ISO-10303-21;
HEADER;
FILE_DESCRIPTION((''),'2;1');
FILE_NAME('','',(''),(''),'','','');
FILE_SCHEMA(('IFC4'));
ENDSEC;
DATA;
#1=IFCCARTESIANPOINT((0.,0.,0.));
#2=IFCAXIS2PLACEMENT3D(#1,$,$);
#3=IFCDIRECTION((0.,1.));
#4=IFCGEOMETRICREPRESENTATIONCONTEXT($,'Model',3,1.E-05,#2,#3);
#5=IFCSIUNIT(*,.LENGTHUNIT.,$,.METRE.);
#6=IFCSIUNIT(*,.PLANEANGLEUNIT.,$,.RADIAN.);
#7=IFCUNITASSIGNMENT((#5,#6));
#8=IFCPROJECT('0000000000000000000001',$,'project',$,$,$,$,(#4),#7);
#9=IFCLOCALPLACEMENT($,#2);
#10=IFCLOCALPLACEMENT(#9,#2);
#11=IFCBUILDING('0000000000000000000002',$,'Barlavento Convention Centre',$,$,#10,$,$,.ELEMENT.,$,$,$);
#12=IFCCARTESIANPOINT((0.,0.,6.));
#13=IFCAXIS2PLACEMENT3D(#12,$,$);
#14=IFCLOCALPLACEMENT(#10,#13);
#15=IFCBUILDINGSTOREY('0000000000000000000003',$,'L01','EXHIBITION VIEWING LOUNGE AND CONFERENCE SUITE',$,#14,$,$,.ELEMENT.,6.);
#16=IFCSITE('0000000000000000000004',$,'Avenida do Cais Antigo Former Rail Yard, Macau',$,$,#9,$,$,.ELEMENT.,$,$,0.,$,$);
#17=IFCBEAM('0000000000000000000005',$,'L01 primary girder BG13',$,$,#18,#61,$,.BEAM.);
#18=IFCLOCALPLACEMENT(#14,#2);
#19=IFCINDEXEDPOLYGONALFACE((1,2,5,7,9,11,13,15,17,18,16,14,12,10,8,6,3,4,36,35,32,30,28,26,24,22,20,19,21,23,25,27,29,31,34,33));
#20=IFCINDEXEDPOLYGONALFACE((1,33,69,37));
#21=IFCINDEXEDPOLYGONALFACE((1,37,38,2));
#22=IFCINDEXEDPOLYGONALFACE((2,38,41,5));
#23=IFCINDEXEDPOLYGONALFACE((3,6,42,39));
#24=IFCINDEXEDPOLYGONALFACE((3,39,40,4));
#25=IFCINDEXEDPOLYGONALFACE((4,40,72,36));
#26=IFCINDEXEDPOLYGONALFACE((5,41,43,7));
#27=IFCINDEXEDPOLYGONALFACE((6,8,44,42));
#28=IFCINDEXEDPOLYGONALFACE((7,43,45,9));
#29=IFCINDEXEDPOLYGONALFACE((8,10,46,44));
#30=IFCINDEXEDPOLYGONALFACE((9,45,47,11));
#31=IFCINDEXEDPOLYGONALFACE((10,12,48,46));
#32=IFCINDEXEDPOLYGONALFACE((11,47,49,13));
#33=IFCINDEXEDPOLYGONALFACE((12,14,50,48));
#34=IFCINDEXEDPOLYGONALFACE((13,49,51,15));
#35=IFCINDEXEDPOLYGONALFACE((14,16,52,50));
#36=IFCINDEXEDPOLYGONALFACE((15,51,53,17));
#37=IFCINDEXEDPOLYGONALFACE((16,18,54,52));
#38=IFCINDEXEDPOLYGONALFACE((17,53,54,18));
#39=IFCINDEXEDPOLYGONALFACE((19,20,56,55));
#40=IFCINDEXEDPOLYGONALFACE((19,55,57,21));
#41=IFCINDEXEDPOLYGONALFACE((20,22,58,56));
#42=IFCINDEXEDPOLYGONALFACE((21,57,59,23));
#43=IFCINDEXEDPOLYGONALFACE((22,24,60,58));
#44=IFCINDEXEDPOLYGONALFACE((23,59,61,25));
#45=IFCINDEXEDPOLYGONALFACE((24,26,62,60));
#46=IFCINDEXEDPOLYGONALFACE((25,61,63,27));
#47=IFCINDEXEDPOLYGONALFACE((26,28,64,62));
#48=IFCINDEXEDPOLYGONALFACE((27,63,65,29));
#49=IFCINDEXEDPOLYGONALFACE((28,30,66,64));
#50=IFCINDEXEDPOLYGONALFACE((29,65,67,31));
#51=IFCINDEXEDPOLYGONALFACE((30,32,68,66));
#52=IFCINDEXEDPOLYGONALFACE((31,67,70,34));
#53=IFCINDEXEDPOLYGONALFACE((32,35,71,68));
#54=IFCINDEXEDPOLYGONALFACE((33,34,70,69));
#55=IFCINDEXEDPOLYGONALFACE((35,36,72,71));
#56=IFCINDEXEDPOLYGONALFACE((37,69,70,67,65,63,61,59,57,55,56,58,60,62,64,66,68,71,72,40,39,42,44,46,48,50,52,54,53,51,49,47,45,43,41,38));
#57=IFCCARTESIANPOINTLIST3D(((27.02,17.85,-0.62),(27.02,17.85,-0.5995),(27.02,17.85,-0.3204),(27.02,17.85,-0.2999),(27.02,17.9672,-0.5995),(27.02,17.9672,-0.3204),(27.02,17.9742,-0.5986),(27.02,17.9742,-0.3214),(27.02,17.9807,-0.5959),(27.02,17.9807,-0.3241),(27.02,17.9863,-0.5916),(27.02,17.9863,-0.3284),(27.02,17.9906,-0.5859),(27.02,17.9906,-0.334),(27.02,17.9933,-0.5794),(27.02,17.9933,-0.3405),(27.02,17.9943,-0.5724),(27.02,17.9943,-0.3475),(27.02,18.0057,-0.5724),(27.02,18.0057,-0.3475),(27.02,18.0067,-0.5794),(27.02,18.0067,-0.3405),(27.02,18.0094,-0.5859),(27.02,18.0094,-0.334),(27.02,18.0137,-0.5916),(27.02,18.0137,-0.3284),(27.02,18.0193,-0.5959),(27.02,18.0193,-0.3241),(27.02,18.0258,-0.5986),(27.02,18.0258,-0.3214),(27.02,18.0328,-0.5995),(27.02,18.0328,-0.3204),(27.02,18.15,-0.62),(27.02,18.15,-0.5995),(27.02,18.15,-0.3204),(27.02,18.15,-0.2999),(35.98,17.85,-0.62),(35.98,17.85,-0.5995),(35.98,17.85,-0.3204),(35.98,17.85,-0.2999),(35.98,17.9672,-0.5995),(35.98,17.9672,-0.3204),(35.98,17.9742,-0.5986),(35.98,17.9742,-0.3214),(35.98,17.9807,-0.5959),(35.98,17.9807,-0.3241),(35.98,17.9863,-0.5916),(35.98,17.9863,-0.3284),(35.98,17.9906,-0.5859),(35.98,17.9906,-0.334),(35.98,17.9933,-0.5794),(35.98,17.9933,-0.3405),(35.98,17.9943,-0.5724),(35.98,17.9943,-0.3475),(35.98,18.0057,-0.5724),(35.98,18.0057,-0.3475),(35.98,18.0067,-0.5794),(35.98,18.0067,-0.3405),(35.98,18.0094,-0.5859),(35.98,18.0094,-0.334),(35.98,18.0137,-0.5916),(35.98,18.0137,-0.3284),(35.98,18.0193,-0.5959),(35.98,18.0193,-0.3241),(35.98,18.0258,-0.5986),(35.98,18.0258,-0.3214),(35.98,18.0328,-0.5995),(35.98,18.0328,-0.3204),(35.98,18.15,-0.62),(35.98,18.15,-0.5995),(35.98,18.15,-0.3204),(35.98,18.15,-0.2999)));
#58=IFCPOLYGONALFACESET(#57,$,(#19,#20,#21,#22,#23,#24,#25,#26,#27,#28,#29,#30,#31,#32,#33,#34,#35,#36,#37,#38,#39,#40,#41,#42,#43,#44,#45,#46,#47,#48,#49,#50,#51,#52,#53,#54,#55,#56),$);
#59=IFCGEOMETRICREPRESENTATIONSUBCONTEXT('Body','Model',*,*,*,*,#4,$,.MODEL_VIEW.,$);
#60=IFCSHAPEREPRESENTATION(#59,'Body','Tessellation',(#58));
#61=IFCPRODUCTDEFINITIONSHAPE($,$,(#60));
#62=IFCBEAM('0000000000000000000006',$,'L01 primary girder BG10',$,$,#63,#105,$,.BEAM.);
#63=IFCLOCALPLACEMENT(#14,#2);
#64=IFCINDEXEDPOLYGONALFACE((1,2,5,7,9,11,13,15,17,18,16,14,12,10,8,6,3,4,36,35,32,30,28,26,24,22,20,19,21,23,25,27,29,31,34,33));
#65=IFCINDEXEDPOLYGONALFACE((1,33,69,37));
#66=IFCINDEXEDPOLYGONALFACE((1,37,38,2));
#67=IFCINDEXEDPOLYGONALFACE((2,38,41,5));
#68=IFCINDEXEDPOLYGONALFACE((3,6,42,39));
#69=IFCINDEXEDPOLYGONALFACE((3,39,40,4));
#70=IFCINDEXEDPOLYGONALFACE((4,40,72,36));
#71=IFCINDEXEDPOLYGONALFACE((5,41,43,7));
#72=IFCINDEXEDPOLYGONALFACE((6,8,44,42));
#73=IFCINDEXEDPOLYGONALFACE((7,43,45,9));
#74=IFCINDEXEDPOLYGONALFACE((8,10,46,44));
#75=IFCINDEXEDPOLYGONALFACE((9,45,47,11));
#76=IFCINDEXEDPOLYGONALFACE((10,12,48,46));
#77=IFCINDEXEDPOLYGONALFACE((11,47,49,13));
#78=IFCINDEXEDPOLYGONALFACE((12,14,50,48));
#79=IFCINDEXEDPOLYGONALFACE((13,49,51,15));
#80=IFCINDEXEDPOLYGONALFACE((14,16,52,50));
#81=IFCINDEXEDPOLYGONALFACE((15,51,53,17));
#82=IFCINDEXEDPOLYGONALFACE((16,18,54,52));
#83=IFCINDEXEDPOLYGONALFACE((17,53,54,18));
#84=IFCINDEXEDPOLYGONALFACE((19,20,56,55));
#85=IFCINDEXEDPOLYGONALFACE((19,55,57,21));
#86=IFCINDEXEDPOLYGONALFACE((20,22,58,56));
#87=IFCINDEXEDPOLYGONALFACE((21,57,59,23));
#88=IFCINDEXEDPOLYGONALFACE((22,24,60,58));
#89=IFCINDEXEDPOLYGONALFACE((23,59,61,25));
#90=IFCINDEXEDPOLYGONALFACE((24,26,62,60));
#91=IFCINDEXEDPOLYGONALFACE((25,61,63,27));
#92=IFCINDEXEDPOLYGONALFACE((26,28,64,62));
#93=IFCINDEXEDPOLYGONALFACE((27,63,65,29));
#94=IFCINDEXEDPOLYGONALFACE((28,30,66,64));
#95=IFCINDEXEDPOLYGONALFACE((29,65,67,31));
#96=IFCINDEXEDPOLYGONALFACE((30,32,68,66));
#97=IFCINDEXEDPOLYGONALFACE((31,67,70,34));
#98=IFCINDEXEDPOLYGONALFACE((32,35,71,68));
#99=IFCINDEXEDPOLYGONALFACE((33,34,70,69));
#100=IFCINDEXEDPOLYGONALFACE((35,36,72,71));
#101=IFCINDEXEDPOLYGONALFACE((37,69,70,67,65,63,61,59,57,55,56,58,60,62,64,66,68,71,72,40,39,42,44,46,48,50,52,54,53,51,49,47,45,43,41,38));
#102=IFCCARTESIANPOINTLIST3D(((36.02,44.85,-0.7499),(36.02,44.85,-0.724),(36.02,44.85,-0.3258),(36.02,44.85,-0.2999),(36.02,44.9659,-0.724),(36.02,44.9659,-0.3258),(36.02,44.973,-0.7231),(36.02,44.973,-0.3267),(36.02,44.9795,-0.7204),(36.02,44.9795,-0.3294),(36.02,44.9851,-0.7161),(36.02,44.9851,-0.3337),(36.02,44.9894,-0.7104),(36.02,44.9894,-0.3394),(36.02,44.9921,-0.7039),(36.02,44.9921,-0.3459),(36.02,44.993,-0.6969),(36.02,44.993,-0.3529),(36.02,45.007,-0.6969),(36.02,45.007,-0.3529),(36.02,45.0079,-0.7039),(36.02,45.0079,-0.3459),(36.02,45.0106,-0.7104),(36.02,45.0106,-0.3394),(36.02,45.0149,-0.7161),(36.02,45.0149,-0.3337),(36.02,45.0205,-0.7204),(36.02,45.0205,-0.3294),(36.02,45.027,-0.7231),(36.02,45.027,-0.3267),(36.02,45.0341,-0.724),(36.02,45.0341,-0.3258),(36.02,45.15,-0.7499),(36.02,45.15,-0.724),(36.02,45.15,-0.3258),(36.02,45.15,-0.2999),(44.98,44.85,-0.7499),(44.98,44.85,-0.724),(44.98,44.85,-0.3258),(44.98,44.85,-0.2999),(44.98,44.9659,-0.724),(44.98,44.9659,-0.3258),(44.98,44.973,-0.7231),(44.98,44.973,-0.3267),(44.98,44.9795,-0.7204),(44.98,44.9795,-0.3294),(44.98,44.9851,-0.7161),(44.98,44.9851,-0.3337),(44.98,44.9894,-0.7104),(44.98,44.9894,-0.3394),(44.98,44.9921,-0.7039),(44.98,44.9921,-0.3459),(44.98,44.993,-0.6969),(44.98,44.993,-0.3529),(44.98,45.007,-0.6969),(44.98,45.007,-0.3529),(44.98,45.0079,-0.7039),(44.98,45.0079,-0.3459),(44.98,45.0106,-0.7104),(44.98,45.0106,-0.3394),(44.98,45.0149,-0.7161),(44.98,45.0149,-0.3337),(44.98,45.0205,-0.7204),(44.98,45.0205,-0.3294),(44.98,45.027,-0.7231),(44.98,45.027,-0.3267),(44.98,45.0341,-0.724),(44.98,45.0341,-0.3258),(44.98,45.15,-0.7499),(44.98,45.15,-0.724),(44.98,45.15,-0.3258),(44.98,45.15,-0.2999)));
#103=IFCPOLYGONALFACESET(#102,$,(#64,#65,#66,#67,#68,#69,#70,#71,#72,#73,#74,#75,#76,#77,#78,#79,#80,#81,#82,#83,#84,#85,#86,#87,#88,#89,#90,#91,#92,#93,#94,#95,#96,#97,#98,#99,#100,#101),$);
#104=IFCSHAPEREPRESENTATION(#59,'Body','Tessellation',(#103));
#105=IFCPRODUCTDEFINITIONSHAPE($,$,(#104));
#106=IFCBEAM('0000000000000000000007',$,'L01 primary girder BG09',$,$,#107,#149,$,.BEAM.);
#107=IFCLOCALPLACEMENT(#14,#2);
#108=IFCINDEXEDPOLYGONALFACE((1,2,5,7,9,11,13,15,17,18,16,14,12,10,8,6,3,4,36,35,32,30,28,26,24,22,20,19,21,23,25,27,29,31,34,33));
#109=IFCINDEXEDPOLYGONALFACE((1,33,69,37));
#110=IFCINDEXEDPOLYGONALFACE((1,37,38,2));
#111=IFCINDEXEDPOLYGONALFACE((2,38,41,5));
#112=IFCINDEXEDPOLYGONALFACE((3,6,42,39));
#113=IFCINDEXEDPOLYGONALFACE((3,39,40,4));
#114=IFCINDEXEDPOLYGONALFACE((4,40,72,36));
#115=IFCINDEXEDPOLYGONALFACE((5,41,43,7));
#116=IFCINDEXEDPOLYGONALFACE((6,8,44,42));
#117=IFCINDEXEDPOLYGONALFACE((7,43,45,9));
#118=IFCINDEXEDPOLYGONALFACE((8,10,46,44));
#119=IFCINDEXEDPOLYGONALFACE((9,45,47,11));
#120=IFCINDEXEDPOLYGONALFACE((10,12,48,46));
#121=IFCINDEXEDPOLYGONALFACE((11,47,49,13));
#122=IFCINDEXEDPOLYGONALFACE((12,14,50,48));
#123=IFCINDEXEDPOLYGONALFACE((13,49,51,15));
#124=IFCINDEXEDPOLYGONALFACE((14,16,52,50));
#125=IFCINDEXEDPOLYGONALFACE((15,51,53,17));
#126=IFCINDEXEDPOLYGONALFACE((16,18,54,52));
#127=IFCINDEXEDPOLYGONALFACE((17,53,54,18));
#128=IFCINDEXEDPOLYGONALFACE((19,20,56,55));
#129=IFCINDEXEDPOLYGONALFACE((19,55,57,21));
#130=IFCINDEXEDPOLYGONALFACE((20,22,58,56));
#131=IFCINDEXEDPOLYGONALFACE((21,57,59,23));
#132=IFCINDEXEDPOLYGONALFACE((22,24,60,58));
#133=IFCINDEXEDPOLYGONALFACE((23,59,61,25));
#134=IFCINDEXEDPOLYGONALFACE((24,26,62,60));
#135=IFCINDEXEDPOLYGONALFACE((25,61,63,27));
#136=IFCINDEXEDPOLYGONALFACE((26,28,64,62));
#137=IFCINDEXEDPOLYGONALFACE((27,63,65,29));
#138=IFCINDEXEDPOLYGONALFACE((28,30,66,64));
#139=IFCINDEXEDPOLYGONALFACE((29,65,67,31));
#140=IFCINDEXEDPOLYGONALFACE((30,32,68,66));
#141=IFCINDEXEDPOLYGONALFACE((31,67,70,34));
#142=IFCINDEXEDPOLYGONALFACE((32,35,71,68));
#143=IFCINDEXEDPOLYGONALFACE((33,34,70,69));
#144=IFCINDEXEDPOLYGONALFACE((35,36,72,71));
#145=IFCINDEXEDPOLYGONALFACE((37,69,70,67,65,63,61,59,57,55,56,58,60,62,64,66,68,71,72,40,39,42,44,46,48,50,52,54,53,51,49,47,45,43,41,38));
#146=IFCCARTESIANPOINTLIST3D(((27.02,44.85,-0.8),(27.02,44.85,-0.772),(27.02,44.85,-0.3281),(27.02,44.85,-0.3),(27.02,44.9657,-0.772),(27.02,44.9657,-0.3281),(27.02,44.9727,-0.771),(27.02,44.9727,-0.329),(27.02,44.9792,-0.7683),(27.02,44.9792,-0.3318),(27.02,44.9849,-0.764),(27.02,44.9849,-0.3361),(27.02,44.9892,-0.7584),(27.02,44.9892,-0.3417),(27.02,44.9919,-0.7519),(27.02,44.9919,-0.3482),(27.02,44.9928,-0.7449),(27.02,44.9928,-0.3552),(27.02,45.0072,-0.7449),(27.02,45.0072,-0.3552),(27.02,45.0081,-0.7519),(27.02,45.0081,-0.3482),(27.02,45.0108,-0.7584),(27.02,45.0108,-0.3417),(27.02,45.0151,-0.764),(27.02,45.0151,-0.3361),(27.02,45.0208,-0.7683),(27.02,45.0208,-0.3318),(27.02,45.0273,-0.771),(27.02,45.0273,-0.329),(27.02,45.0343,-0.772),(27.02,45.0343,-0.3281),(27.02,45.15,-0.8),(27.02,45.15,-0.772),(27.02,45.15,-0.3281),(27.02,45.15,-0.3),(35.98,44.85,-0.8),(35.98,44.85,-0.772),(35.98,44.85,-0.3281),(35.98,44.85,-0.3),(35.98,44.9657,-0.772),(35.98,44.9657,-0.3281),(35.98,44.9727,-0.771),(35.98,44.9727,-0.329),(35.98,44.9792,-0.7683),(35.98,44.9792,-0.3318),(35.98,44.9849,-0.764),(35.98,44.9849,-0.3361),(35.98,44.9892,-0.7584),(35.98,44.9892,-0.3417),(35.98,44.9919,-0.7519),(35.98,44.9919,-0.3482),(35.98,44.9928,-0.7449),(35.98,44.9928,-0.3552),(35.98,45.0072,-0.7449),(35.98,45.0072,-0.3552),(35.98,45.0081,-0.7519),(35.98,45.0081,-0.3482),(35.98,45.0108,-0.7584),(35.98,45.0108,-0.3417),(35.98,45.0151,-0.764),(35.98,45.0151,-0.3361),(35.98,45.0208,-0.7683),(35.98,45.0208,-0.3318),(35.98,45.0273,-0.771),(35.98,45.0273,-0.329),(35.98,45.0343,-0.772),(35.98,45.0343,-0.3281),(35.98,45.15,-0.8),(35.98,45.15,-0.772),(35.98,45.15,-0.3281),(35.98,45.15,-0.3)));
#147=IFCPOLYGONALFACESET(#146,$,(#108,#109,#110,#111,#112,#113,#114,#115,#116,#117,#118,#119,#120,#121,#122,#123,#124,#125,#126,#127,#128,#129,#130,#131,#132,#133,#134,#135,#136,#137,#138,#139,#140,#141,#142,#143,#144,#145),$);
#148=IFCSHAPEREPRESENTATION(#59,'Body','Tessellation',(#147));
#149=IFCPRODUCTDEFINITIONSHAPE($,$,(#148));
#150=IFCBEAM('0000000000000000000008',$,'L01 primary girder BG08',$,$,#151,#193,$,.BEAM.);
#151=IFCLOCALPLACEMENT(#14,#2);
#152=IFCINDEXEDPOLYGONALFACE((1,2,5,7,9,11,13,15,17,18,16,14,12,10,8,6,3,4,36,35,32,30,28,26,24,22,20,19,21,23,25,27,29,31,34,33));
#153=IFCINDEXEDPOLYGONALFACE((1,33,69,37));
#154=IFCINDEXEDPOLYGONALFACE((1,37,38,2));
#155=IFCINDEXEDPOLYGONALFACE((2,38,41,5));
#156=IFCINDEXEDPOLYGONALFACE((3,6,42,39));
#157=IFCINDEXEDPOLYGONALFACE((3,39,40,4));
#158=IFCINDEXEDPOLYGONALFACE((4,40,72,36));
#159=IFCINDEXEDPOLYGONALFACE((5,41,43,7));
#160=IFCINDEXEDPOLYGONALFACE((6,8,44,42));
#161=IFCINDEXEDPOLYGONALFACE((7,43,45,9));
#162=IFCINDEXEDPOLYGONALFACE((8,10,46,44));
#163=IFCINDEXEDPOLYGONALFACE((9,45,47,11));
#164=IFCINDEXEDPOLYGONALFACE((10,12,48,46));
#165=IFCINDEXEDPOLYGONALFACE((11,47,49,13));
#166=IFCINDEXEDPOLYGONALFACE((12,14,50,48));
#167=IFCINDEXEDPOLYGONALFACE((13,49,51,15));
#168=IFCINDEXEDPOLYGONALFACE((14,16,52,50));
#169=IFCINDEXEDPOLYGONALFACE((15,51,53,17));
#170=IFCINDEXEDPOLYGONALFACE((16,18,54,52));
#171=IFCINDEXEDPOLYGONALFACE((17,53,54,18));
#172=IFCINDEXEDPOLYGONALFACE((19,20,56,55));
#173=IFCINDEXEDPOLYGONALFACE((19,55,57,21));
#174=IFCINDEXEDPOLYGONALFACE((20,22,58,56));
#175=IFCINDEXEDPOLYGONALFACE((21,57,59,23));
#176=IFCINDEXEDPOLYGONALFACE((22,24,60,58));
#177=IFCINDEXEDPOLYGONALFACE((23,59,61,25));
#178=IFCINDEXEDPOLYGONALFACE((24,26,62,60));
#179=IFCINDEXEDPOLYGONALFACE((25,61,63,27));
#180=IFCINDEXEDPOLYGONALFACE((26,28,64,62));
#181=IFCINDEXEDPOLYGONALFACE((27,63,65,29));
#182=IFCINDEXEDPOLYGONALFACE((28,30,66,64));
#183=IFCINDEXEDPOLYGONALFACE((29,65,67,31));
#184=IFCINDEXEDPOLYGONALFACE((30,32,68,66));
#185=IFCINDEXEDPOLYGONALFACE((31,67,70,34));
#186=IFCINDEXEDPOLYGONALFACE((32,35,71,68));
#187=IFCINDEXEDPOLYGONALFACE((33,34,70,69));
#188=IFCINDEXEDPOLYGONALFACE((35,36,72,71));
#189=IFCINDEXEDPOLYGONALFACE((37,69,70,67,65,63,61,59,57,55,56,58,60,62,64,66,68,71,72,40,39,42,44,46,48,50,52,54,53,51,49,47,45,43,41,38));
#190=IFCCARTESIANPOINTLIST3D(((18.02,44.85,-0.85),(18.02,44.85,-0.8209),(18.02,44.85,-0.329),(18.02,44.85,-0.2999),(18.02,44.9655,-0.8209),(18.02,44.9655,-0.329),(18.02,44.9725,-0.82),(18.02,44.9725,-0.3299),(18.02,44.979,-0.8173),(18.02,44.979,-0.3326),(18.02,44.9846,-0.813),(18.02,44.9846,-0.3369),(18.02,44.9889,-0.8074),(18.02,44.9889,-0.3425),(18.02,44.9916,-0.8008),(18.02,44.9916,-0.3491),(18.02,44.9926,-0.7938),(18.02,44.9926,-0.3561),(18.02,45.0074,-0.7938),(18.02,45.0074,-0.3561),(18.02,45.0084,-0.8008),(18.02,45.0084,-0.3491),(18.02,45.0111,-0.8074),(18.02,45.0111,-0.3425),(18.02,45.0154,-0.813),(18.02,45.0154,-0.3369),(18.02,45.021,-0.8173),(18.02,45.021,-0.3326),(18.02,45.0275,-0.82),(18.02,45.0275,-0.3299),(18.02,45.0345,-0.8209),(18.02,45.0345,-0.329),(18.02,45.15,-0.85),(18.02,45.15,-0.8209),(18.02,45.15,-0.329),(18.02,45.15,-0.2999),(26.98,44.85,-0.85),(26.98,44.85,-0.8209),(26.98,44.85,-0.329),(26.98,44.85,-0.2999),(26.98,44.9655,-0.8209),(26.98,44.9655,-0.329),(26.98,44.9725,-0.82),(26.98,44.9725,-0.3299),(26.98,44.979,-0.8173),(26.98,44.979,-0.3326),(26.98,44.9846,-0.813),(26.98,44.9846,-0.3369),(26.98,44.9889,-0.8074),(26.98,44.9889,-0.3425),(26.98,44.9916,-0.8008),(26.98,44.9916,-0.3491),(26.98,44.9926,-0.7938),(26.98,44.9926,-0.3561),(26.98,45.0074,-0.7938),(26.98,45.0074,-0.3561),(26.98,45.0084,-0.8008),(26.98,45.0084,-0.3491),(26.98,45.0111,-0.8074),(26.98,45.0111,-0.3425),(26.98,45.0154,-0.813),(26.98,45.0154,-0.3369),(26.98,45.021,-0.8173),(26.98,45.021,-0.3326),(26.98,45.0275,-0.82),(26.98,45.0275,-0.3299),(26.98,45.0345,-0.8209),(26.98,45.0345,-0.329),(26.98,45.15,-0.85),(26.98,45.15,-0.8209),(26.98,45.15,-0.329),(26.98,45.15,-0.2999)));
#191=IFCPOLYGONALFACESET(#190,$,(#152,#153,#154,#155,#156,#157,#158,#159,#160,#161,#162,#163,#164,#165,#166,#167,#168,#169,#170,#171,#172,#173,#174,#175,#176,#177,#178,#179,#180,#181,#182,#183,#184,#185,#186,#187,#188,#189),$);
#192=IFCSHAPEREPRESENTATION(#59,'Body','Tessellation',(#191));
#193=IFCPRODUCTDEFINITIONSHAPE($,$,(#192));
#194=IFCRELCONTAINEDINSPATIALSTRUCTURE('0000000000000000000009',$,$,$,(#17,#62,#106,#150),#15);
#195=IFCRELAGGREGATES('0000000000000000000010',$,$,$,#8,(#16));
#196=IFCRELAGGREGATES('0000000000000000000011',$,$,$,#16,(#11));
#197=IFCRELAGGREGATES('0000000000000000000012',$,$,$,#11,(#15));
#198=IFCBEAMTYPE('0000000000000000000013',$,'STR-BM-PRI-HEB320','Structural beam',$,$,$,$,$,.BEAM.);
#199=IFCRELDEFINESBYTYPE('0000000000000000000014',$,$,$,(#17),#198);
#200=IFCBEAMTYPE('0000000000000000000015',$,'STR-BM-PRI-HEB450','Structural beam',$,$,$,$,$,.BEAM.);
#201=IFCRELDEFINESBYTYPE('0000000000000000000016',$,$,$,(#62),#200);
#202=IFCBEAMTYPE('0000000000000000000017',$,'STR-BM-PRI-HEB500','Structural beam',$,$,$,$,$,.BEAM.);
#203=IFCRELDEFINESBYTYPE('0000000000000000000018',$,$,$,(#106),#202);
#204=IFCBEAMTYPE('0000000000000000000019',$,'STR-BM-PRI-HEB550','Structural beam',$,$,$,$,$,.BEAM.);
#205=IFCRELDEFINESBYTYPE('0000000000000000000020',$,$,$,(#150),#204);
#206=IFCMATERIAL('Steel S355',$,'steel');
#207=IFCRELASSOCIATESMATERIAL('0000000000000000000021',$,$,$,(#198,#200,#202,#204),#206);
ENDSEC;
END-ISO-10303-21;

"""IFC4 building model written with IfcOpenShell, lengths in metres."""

from ifc_helpers import new_model, si_unit, direction, frame, origin, origin_2d, place, context, subcontext, project, spatial, i_section, extrude, material, material_profile, profile_set, type_object, element, save


model = new_model("IFC4")

# Units and contexts
model_context = context("Model", 3, precision=1e-05, world=origin(), true_north=direction((0.0, 1.0)))
body_context = subcontext(model_context, "Body", "Model", "MODEL_VIEW")
ifc_project = project(units=[si_unit("LENGTHUNIT", "METRE"), si_unit("PLANEANGLEUNIT", "RADIAN")], contexts=[model_context])

# Site, building, storey
site_placement = place(None, origin())
site = spatial("IfcSite", under=ifc_project, at=site_placement, Name="Avenida do Cais Antigo Former Rail Yard, Macau", CompositionType="ELEMENT", RefElevation=0.0)
building_placement = place(site_placement, origin())
building = spatial("IfcBuilding", under=site, at=building_placement, Name="Barlavento Convention Centre", CompositionType="ELEMENT")
storey_placement = place(building_placement, frame((0.0, 0.0, 6.0)))
storey = spatial("IfcBuildingStorey", under=building, at=storey_placement, Name="L01", Description="EXHIBITION VIEWING LOUNGE AND CONFERENCE SUITE", CompositionType="ELEMENT", Elevation=6.0)

# Shared definitions
ifc_material_1 = material(Name="Steel S355", Category="steel")

# Beams
ifc_material_profile_1 = material_profile(ifc_material_1, i_section(OverallWidth=0.3, OverallDepth=0.3201, WebThickness=0.0115, FlangeThickness=0.0205, FilletRadius=0.0271, at=origin_2d()), Name="HEB 320")
ifc_profile_set_1 = profile_set([ifc_material_profile_1], Name="Steel S355")
beam_type_1 = type_object("IfcBeamType", Name="STR-BM-PRI-HEB320", Description="Structural beam", PredefinedType="BEAM", material=ifc_profile_set_1)
beam_1_placement = place(storey_placement, frame((27.02, 18.0, -0.46), z_axis=(1.0, 0.0, 0.0), x_axis=(0.0, 1.0, 0.0)))
element("IfcBeam", 1, at=beam_1_placement, inside=storey, type_object=beam_type_1, Name="L01 primary girder BG13", PredefinedType="BEAM", context=body_context, shape_type="SweptSolid", body=[
    extrude(i_section(OverallWidth=0.3, OverallDepth=0.3201, WebThickness=0.0115, FlangeThickness=0.0205, FilletRadius=0.0271, at=origin_2d()), origin(), (0.0, 0.0, 1.0), 8.96),
])
ifc_material_profile_2 = material_profile(ifc_material_1, i_section(OverallWidth=0.3, OverallDepth=0.45, WebThickness=0.0139, FlangeThickness=0.0259, FilletRadius=0.0271, at=origin_2d()), Name="HEB 450")
ifc_profile_set_2 = profile_set([ifc_material_profile_2], Name="Steel S355")
beam_type_2 = type_object("IfcBeamType", Name="STR-BM-PRI-HEB450", Description="Structural beam", PredefinedType="BEAM", material=ifc_profile_set_2)
beam_2_placement = place(storey_placement, frame((36.02, 45.0, -0.5249), z_axis=(1.0, 0.0, 0.0), x_axis=(0.0, 1.0, 0.0)))
element("IfcBeam", 2, at=beam_2_placement, inside=storey, type_object=beam_type_2, Name="L01 primary girder BG10", PredefinedType="BEAM", context=body_context, shape_type="SweptSolid", body=[
    extrude(i_section(OverallWidth=0.3, OverallDepth=0.45, WebThickness=0.0139, FlangeThickness=0.0259, FilletRadius=0.0271, at=origin_2d()), origin(), (0.0, 0.0, 1.0), 8.96),
])
ifc_material_profile_3 = material_profile(ifc_material_1, i_section(OverallWidth=0.3, OverallDepth=0.5, WebThickness=0.0144, FlangeThickness=0.0281, FilletRadius=0.0271, at=origin_2d()), Name="HEB 500")
ifc_profile_set_3 = profile_set([ifc_material_profile_3], Name="Steel S355")
beam_type_3 = type_object("IfcBeamType", Name="STR-BM-PRI-HEB500", Description="Structural beam", PredefinedType="BEAM", material=ifc_profile_set_3)
beam_3_placement = place(storey_placement, frame((27.02, 45.0, -0.55), z_axis=(1.0, 0.0, 0.0), x_axis=(0.0, 1.0, 0.0)))
element("IfcBeam", 3, at=beam_3_placement, inside=storey, type_object=beam_type_3, Name="L01 primary girder BG09", PredefinedType="BEAM", context=body_context, shape_type="SweptSolid", body=[
    extrude(i_section(OverallWidth=0.3, OverallDepth=0.5, WebThickness=0.0144, FlangeThickness=0.0281, FilletRadius=0.0271, at=origin_2d()), origin(), (0.0, 0.0, 1.0), 8.96),
])
ifc_material_profile_4 = material_profile(ifc_material_1, i_section(OverallWidth=0.3, OverallDepth=0.55, WebThickness=0.0149, FlangeThickness=0.0291, FilletRadius=0.0271, at=origin_2d()), Name="HEB 550")
ifc_profile_set_4 = profile_set([ifc_material_profile_4], Name="Steel S355")
beam_type_4 = type_object("IfcBeamType", Name="STR-BM-PRI-HEB550", Description="Structural beam", PredefinedType="BEAM", material=ifc_profile_set_4)
beam_4_placement = place(storey_placement, frame((18.02, 45.0, -0.575), z_axis=(1.0, 0.0, 0.0), x_axis=(0.0, 1.0, 0.0)))
element("IfcBeam", 4, at=beam_4_placement, inside=storey, type_object=beam_type_4, Name="L01 primary girder BG08", PredefinedType="BEAM", context=body_context, shape_type="SweptSolid", body=[
    extrude(i_section(OverallWidth=0.3, OverallDepth=0.55, WebThickness=0.0149, FlangeThickness=0.0291, FilletRadius=0.0271, at=origin_2d()), origin(), (0.0, 0.0, 1.0), 8.96),
])

save(model, "model.ifc")
